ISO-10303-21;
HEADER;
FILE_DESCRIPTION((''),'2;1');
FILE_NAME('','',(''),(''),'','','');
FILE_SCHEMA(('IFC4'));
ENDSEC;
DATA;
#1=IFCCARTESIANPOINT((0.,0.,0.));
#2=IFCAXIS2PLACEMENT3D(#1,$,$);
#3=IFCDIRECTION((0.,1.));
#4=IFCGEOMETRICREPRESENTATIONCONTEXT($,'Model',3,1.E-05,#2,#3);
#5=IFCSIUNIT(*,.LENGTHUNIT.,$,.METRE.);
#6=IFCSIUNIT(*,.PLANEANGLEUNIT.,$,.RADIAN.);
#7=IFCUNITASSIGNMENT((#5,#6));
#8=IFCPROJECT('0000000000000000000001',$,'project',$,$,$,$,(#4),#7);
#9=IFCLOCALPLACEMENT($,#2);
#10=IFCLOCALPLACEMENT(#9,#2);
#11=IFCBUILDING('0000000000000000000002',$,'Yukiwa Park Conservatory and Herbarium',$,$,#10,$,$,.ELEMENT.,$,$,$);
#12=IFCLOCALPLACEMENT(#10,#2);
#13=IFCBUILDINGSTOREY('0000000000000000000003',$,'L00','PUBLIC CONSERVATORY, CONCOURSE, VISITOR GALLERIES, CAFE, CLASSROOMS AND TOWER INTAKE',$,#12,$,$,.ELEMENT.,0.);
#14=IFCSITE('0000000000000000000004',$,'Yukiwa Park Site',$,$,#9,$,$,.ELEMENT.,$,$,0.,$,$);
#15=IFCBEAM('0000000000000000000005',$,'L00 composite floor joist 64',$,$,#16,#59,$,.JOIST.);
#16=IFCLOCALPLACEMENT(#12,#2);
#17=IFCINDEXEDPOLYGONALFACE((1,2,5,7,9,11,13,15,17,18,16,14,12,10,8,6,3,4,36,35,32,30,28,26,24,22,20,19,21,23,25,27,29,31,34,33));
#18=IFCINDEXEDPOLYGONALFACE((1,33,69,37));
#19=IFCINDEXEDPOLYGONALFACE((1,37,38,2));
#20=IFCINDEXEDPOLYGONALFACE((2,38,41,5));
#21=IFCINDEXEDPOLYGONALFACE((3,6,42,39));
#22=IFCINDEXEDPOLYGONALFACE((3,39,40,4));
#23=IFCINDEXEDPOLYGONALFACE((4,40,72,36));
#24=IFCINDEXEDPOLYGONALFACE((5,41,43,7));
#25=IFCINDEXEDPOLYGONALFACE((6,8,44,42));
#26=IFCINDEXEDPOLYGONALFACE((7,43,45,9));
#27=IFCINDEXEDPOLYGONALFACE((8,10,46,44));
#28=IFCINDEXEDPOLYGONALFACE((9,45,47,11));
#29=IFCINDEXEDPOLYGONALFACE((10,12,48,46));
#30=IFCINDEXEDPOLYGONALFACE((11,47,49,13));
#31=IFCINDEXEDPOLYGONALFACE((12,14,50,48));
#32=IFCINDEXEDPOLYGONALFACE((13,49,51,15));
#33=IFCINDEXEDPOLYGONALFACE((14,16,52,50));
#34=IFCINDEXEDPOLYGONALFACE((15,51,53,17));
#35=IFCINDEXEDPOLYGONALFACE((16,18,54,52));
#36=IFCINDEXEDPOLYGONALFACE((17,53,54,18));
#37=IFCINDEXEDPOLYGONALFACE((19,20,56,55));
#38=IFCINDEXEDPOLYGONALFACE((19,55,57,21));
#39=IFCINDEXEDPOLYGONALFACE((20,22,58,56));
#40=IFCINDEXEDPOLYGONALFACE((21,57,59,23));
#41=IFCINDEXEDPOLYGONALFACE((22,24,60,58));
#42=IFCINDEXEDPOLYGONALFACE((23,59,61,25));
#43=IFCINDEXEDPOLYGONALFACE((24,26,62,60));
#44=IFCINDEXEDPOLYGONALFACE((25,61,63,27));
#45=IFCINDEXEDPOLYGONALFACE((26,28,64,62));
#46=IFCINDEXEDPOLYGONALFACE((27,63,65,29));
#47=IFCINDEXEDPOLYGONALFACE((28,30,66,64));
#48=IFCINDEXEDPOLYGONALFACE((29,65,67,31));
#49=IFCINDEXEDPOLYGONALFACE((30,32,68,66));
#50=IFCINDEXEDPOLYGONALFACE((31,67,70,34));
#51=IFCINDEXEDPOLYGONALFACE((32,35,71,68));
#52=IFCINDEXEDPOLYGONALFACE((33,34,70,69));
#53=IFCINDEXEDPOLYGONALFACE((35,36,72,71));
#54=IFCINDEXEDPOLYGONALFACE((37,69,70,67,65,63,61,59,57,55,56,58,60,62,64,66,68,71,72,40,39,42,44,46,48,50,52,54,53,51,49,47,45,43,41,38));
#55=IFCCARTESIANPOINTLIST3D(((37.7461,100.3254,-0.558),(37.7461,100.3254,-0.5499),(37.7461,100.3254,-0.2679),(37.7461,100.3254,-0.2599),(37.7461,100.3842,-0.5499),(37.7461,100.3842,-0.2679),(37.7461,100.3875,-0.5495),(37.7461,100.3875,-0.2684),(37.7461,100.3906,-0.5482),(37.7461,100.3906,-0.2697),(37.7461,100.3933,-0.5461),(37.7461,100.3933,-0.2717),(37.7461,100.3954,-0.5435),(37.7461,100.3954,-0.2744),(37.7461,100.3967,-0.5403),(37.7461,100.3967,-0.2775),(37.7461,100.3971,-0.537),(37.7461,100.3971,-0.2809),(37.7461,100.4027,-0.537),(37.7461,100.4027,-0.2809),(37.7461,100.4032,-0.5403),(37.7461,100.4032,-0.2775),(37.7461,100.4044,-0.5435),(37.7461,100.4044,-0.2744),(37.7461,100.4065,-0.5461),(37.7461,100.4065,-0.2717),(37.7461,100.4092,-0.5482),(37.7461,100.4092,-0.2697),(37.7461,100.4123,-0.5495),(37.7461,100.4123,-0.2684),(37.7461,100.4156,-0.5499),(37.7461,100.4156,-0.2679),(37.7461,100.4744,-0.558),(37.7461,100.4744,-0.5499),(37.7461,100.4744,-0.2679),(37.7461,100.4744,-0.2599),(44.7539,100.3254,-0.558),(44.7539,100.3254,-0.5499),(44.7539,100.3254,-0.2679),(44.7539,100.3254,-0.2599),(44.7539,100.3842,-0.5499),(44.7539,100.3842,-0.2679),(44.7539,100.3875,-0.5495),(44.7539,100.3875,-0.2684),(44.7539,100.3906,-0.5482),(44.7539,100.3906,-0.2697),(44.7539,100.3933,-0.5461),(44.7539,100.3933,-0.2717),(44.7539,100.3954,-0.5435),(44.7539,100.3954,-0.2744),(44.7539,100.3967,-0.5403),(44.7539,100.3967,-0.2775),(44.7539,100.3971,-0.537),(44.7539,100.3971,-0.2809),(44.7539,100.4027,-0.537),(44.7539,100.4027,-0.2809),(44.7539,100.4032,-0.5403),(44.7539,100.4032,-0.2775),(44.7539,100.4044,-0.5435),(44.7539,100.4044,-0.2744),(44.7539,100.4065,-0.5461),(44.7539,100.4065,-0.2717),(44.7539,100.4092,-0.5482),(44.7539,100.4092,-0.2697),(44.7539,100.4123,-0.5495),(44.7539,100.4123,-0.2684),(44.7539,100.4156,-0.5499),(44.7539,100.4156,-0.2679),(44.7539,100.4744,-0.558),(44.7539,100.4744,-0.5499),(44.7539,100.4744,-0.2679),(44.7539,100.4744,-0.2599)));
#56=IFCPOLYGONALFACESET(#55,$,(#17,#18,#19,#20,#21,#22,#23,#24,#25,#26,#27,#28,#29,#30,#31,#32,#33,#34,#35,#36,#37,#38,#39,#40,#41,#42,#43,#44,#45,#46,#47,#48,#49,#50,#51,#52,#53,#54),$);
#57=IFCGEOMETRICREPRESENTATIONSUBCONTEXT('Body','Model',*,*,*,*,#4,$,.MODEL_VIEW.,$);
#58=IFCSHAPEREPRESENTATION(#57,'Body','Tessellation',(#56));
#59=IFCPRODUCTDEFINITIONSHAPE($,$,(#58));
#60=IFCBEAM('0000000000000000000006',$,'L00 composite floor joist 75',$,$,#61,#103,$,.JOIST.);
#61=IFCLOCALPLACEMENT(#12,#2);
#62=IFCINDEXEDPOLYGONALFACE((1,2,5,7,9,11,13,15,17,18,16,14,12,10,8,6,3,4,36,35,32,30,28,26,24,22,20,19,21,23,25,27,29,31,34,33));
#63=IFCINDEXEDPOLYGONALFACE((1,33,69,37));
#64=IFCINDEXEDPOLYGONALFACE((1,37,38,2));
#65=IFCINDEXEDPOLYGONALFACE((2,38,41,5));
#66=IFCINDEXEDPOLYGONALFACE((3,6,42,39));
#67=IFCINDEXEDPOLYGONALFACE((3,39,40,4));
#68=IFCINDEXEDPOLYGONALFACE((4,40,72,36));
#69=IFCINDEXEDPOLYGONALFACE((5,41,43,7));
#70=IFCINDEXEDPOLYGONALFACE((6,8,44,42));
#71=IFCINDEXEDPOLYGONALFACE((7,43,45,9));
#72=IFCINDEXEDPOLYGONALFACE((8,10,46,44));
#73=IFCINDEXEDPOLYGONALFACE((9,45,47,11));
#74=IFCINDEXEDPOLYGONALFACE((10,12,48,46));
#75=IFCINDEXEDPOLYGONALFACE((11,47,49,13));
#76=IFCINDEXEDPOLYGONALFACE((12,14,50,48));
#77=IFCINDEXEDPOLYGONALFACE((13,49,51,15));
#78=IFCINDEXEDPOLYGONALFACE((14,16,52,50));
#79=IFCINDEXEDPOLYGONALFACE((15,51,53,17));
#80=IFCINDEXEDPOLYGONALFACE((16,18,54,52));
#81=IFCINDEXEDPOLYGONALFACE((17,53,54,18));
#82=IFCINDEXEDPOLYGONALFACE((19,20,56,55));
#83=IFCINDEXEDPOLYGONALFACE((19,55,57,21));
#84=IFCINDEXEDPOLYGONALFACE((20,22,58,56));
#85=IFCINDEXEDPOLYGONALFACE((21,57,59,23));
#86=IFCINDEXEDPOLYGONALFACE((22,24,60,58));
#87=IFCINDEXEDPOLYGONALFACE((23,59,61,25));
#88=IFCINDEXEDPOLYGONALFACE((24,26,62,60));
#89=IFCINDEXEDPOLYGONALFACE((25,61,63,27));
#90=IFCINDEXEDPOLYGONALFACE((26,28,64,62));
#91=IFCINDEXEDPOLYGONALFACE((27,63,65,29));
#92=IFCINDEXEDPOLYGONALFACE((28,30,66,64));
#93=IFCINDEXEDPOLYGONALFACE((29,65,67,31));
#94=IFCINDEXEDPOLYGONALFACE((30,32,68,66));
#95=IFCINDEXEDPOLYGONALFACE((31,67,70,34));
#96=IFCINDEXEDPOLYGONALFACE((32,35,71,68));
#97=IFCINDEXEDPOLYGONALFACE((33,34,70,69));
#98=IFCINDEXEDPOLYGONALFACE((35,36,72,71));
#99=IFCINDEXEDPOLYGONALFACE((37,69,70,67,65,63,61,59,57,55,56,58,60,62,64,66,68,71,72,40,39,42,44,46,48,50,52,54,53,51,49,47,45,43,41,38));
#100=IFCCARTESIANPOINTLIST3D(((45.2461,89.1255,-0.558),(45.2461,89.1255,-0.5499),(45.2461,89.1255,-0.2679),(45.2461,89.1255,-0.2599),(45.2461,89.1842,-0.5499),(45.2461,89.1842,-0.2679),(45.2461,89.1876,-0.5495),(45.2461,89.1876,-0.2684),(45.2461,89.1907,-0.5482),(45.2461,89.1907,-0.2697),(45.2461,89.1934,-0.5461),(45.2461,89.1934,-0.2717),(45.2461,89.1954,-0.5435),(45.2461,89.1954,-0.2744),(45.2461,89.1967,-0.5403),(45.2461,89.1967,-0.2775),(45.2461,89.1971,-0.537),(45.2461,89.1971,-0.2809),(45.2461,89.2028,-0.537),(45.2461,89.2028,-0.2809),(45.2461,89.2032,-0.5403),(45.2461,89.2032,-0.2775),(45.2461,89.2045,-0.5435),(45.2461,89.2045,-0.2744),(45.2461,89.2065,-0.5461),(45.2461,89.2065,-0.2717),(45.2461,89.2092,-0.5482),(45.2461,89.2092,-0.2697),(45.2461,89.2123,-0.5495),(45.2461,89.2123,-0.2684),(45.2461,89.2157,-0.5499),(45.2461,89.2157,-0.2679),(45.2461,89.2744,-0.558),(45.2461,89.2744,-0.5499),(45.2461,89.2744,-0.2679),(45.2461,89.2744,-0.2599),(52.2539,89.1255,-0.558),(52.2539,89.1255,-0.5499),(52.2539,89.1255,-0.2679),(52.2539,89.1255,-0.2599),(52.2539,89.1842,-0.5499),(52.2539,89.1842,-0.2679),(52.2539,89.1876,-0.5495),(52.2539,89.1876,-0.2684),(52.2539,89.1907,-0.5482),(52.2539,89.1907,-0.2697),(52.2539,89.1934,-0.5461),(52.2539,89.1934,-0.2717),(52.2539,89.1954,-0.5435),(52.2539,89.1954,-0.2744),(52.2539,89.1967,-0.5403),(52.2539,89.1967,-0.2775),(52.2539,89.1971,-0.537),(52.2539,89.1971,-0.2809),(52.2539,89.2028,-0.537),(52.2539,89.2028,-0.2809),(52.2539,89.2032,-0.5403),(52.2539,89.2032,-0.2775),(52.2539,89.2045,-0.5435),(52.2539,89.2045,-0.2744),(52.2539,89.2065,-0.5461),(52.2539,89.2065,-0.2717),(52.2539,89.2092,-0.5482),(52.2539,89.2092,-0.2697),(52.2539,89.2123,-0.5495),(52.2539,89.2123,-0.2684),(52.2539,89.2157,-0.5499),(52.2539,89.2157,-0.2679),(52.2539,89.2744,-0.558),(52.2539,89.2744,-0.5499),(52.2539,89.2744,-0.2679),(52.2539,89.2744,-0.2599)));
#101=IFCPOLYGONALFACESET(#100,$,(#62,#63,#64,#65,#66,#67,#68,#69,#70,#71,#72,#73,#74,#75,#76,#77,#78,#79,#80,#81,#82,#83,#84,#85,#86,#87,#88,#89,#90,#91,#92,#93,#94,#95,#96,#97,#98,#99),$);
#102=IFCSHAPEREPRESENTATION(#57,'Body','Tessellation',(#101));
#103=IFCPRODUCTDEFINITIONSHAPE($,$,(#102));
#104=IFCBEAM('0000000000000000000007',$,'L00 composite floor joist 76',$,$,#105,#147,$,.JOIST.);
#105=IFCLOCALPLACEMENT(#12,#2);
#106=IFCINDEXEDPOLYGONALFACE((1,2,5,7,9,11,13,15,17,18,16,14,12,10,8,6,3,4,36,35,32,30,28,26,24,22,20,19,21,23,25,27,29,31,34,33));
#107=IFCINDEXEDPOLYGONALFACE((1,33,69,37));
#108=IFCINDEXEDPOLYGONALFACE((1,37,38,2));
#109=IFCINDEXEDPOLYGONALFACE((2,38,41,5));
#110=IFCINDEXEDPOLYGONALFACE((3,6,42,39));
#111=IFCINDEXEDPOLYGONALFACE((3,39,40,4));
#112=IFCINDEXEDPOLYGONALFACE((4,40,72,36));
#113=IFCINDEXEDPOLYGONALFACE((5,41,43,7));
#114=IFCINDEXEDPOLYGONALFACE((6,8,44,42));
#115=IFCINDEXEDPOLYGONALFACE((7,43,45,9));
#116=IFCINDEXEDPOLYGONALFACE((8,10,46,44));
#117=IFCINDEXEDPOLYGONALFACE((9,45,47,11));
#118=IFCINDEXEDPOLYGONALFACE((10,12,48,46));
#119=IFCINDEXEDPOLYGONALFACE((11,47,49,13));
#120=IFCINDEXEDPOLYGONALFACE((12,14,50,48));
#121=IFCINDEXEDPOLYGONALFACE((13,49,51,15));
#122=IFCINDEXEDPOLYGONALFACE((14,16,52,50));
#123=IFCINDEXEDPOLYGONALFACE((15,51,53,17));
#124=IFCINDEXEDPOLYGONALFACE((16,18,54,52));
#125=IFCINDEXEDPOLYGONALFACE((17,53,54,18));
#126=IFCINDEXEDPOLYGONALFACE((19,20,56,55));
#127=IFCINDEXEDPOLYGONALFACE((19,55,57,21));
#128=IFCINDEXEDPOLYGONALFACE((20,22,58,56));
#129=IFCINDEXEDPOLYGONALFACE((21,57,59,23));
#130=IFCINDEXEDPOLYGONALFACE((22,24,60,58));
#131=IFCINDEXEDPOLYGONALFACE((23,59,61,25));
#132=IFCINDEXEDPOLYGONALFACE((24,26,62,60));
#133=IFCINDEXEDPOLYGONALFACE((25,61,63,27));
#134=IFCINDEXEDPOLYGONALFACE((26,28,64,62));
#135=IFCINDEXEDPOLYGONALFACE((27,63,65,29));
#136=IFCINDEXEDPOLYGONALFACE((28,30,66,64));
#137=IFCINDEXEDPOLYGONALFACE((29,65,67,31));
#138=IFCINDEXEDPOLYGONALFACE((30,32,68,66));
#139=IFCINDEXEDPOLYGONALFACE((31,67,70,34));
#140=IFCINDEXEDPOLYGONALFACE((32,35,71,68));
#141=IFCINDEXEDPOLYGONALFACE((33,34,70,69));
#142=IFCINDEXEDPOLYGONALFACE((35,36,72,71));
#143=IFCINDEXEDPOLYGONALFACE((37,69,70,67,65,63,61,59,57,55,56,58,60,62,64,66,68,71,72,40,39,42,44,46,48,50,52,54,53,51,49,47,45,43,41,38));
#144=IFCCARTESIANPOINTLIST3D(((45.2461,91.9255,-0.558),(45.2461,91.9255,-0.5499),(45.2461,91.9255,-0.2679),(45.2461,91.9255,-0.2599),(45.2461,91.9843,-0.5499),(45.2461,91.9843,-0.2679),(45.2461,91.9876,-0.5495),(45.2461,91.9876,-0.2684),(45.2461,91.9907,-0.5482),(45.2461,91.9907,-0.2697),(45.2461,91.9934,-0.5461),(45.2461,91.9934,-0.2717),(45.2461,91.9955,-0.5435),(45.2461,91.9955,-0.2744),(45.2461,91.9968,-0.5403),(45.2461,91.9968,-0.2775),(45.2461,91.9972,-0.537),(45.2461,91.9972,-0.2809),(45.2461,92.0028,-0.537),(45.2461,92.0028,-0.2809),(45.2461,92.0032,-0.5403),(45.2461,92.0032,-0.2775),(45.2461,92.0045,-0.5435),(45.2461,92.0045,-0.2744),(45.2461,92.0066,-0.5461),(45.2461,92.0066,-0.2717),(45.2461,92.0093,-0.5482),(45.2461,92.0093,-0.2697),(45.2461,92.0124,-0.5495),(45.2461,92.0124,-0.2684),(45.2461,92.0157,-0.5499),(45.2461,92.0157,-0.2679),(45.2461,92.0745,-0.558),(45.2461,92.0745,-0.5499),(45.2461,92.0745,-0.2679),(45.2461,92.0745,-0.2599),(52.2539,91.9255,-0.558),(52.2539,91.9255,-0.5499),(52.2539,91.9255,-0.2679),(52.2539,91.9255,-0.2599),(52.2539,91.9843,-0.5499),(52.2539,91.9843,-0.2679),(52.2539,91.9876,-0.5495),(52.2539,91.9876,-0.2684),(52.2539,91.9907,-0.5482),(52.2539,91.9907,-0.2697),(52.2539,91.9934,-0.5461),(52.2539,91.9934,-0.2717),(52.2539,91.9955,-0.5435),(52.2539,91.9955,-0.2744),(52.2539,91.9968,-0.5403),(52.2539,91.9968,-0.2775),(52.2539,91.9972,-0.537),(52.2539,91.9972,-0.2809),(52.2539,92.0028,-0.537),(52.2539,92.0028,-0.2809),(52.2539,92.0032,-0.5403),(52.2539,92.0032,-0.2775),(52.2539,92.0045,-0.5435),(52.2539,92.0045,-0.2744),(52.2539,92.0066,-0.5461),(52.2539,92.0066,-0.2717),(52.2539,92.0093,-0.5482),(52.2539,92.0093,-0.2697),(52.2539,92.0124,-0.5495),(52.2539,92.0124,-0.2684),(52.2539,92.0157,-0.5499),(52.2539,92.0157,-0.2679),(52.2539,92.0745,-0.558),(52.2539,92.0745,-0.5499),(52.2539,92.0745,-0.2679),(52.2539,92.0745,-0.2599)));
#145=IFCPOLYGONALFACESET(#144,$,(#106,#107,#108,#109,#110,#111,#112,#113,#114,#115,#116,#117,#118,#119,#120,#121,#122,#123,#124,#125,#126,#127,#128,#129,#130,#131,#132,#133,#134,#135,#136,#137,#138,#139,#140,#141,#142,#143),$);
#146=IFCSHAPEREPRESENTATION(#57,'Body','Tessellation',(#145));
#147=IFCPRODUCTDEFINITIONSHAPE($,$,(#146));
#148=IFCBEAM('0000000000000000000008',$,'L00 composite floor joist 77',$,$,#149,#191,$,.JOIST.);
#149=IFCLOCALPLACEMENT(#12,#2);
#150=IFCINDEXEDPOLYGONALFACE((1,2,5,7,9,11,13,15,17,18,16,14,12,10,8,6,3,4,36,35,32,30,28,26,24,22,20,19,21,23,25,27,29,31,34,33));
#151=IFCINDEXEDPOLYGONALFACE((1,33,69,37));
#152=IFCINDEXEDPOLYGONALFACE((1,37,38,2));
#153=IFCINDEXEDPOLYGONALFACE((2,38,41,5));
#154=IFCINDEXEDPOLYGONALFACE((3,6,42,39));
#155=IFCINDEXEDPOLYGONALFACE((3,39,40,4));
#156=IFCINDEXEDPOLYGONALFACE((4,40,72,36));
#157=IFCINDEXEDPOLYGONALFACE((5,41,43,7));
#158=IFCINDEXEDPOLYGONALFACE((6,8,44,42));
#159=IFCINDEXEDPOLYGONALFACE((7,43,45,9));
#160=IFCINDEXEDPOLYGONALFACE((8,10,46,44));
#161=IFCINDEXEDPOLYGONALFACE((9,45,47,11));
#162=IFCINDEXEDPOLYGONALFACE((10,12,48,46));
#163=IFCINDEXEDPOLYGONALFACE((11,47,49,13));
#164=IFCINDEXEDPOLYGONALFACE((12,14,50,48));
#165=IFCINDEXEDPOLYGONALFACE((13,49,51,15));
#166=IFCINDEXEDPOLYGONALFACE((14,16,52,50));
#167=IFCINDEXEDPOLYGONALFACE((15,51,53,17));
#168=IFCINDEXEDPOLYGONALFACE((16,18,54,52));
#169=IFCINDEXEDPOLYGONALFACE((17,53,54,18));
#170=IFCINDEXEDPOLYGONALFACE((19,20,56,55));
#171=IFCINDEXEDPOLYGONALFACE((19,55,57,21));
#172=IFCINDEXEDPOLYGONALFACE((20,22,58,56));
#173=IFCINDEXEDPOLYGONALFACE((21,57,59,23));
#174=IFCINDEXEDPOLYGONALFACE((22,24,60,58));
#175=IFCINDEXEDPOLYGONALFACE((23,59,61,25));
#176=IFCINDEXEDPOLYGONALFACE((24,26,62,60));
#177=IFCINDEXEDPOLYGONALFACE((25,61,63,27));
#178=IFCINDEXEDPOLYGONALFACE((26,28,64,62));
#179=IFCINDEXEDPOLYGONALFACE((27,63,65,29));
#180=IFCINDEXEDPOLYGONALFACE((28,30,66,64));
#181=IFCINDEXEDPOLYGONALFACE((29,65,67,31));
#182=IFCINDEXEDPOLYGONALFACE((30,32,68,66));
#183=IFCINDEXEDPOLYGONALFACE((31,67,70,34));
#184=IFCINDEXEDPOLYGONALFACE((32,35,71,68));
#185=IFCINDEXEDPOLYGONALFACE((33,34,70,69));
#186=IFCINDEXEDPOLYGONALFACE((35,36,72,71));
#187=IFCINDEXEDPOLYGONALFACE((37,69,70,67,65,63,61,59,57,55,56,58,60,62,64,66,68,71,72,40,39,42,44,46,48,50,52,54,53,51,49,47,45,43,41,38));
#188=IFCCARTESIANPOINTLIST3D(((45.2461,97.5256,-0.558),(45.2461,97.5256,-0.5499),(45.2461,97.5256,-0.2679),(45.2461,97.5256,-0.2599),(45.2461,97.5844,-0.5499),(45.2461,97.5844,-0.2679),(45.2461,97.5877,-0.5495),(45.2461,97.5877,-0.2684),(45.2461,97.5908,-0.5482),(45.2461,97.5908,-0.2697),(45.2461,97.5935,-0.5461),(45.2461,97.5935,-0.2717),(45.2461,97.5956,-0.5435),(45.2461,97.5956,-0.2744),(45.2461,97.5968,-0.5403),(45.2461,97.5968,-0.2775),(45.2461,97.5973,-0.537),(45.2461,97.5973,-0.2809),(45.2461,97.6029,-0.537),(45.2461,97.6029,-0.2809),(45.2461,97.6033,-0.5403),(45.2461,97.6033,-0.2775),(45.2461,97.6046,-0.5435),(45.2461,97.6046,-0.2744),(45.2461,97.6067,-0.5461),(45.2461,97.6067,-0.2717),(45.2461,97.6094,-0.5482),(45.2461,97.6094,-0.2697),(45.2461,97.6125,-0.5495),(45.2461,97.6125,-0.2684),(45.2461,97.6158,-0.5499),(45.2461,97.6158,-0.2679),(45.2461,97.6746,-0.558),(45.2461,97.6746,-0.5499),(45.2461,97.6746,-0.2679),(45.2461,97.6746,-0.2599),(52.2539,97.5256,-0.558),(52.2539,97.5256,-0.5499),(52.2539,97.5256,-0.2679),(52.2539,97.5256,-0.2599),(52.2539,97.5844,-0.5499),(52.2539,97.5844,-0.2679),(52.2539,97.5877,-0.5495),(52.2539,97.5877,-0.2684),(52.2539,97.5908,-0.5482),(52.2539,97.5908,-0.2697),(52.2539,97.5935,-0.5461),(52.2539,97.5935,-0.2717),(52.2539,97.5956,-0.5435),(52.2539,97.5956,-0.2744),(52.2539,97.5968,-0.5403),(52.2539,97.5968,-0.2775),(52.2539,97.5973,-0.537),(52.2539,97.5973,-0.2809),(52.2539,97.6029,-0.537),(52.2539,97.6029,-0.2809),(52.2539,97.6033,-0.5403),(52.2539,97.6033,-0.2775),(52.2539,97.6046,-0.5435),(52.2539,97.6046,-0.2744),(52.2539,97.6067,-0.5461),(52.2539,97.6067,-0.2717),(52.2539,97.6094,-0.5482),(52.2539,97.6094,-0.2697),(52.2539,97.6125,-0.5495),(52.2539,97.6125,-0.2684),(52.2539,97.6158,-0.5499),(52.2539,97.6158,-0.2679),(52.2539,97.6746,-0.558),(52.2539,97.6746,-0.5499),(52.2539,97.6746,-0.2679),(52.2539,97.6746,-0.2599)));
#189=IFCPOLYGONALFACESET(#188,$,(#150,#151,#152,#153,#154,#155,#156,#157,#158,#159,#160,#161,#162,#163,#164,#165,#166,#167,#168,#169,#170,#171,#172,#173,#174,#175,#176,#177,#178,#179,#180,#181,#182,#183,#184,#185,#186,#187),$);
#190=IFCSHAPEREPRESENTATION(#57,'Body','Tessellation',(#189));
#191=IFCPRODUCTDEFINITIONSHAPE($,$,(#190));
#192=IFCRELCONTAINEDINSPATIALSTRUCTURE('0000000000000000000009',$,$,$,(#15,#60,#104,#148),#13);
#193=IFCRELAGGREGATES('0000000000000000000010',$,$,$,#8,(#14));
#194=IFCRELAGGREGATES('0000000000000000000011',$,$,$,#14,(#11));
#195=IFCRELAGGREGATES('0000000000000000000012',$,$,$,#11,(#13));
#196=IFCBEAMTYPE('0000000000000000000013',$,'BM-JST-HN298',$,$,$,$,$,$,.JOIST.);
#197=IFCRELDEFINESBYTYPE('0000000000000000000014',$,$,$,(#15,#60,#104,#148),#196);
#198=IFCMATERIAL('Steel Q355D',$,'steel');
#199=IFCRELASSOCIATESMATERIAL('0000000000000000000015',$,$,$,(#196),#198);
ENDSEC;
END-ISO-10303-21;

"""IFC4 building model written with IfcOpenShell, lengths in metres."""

from ifc_helpers import new_model, si_unit, direction, frame, origin, origin_2d, place, context, subcontext, project, spatial, i_section, extrude, material, material_profile, profile_set, type_object, element, save


model = new_model("IFC4")

# Units and contexts
model_context = context("Model", 3, precision=1e-05, world=origin(), true_north=direction((0.0, 1.0)))
body_context = subcontext(model_context, "Body", "Model", "MODEL_VIEW")
ifc_project = project(units=[si_unit("LENGTHUNIT", "METRE"), si_unit("PLANEANGLEUNIT", "RADIAN")], contexts=[model_context])

# Site, building, storey
site_placement = place(None, origin())
site = spatial("IfcSite", under=ifc_project, at=site_placement, Name="Yukiwa Park Site", CompositionType="ELEMENT", RefElevation=0.0)
building_placement = place(site_placement, origin())
building = spatial("IfcBuilding", under=site, at=building_placement, Name="Yukiwa Park Conservatory and Herbarium", CompositionType="ELEMENT")
storey_placement = place(building_placement, origin())
storey = spatial("IfcBuildingStorey", under=building, at=storey_placement, Name="L00", Description="PUBLIC CONSERVATORY, CONCOURSE, VISITOR GALLERIES, CAFE, CLASSROOMS AND TOWER INTAKE", CompositionType="ELEMENT", Elevation=0.0)

# Beams
ifc_material_1 = material(Name="Steel Q355D", Category="steel")
ifc_material_profile_1 = material_profile(ifc_material_1, i_section(OverallWidth=0.1489, OverallDepth=0.2981, WebThickness=0.0056, FlangeThickness=0.0081, FilletRadius=0.0129, at=origin_2d()), Name="HN 298x149x5.5x8")
ifc_profile_set_1 = profile_set([ifc_material_profile_1], Name="Steel Q355D")
beam_type_1 = type_object("IfcBeamType", Name="BM-JST-HN298", PredefinedType="JOIST", material=ifc_profile_set_1)
for number, where, z_axis, x_axis, name in (
    (1, (37.7461, 100.3999, -0.4089), (1.0, 0.0, 0.0), (0.0, 1.0, 0.0), "L00 composite floor joist 64"),
    (2, (45.2461, 89.2, -0.4089), (1.0, 0.0, 0.0), (0.0, 1.0, 0.0), "L00 composite floor joist 75"),
    (3, (45.2461, 92.0, -0.4089), (1.0, 0.0, 0.0), (0.0, 1.0, 0.0), "L00 composite floor joist 76"),
    (4, (45.2461, 97.6001, -0.4089), (1.0, 0.0, 0.0), (0.0, 1.0, 0.0), "L00 composite floor joist 77"),
):
    element("IfcBeam", number, at=place(storey_placement, frame(where, z_axis=z_axis, x_axis=x_axis)), inside=storey, type_object=beam_type_1, Name=name, PredefinedType="JOIST", context=body_context, shape_type="SweptSolid", body=[
        extrude(i_section(OverallWidth=0.1489, OverallDepth=0.2981, WebThickness=0.0056, FlangeThickness=0.0081, FilletRadius=0.0129, at=origin_2d()), origin(), (0.0, 0.0, 1.0), 7.0078),
    ])

save(model, "model.ifc")
